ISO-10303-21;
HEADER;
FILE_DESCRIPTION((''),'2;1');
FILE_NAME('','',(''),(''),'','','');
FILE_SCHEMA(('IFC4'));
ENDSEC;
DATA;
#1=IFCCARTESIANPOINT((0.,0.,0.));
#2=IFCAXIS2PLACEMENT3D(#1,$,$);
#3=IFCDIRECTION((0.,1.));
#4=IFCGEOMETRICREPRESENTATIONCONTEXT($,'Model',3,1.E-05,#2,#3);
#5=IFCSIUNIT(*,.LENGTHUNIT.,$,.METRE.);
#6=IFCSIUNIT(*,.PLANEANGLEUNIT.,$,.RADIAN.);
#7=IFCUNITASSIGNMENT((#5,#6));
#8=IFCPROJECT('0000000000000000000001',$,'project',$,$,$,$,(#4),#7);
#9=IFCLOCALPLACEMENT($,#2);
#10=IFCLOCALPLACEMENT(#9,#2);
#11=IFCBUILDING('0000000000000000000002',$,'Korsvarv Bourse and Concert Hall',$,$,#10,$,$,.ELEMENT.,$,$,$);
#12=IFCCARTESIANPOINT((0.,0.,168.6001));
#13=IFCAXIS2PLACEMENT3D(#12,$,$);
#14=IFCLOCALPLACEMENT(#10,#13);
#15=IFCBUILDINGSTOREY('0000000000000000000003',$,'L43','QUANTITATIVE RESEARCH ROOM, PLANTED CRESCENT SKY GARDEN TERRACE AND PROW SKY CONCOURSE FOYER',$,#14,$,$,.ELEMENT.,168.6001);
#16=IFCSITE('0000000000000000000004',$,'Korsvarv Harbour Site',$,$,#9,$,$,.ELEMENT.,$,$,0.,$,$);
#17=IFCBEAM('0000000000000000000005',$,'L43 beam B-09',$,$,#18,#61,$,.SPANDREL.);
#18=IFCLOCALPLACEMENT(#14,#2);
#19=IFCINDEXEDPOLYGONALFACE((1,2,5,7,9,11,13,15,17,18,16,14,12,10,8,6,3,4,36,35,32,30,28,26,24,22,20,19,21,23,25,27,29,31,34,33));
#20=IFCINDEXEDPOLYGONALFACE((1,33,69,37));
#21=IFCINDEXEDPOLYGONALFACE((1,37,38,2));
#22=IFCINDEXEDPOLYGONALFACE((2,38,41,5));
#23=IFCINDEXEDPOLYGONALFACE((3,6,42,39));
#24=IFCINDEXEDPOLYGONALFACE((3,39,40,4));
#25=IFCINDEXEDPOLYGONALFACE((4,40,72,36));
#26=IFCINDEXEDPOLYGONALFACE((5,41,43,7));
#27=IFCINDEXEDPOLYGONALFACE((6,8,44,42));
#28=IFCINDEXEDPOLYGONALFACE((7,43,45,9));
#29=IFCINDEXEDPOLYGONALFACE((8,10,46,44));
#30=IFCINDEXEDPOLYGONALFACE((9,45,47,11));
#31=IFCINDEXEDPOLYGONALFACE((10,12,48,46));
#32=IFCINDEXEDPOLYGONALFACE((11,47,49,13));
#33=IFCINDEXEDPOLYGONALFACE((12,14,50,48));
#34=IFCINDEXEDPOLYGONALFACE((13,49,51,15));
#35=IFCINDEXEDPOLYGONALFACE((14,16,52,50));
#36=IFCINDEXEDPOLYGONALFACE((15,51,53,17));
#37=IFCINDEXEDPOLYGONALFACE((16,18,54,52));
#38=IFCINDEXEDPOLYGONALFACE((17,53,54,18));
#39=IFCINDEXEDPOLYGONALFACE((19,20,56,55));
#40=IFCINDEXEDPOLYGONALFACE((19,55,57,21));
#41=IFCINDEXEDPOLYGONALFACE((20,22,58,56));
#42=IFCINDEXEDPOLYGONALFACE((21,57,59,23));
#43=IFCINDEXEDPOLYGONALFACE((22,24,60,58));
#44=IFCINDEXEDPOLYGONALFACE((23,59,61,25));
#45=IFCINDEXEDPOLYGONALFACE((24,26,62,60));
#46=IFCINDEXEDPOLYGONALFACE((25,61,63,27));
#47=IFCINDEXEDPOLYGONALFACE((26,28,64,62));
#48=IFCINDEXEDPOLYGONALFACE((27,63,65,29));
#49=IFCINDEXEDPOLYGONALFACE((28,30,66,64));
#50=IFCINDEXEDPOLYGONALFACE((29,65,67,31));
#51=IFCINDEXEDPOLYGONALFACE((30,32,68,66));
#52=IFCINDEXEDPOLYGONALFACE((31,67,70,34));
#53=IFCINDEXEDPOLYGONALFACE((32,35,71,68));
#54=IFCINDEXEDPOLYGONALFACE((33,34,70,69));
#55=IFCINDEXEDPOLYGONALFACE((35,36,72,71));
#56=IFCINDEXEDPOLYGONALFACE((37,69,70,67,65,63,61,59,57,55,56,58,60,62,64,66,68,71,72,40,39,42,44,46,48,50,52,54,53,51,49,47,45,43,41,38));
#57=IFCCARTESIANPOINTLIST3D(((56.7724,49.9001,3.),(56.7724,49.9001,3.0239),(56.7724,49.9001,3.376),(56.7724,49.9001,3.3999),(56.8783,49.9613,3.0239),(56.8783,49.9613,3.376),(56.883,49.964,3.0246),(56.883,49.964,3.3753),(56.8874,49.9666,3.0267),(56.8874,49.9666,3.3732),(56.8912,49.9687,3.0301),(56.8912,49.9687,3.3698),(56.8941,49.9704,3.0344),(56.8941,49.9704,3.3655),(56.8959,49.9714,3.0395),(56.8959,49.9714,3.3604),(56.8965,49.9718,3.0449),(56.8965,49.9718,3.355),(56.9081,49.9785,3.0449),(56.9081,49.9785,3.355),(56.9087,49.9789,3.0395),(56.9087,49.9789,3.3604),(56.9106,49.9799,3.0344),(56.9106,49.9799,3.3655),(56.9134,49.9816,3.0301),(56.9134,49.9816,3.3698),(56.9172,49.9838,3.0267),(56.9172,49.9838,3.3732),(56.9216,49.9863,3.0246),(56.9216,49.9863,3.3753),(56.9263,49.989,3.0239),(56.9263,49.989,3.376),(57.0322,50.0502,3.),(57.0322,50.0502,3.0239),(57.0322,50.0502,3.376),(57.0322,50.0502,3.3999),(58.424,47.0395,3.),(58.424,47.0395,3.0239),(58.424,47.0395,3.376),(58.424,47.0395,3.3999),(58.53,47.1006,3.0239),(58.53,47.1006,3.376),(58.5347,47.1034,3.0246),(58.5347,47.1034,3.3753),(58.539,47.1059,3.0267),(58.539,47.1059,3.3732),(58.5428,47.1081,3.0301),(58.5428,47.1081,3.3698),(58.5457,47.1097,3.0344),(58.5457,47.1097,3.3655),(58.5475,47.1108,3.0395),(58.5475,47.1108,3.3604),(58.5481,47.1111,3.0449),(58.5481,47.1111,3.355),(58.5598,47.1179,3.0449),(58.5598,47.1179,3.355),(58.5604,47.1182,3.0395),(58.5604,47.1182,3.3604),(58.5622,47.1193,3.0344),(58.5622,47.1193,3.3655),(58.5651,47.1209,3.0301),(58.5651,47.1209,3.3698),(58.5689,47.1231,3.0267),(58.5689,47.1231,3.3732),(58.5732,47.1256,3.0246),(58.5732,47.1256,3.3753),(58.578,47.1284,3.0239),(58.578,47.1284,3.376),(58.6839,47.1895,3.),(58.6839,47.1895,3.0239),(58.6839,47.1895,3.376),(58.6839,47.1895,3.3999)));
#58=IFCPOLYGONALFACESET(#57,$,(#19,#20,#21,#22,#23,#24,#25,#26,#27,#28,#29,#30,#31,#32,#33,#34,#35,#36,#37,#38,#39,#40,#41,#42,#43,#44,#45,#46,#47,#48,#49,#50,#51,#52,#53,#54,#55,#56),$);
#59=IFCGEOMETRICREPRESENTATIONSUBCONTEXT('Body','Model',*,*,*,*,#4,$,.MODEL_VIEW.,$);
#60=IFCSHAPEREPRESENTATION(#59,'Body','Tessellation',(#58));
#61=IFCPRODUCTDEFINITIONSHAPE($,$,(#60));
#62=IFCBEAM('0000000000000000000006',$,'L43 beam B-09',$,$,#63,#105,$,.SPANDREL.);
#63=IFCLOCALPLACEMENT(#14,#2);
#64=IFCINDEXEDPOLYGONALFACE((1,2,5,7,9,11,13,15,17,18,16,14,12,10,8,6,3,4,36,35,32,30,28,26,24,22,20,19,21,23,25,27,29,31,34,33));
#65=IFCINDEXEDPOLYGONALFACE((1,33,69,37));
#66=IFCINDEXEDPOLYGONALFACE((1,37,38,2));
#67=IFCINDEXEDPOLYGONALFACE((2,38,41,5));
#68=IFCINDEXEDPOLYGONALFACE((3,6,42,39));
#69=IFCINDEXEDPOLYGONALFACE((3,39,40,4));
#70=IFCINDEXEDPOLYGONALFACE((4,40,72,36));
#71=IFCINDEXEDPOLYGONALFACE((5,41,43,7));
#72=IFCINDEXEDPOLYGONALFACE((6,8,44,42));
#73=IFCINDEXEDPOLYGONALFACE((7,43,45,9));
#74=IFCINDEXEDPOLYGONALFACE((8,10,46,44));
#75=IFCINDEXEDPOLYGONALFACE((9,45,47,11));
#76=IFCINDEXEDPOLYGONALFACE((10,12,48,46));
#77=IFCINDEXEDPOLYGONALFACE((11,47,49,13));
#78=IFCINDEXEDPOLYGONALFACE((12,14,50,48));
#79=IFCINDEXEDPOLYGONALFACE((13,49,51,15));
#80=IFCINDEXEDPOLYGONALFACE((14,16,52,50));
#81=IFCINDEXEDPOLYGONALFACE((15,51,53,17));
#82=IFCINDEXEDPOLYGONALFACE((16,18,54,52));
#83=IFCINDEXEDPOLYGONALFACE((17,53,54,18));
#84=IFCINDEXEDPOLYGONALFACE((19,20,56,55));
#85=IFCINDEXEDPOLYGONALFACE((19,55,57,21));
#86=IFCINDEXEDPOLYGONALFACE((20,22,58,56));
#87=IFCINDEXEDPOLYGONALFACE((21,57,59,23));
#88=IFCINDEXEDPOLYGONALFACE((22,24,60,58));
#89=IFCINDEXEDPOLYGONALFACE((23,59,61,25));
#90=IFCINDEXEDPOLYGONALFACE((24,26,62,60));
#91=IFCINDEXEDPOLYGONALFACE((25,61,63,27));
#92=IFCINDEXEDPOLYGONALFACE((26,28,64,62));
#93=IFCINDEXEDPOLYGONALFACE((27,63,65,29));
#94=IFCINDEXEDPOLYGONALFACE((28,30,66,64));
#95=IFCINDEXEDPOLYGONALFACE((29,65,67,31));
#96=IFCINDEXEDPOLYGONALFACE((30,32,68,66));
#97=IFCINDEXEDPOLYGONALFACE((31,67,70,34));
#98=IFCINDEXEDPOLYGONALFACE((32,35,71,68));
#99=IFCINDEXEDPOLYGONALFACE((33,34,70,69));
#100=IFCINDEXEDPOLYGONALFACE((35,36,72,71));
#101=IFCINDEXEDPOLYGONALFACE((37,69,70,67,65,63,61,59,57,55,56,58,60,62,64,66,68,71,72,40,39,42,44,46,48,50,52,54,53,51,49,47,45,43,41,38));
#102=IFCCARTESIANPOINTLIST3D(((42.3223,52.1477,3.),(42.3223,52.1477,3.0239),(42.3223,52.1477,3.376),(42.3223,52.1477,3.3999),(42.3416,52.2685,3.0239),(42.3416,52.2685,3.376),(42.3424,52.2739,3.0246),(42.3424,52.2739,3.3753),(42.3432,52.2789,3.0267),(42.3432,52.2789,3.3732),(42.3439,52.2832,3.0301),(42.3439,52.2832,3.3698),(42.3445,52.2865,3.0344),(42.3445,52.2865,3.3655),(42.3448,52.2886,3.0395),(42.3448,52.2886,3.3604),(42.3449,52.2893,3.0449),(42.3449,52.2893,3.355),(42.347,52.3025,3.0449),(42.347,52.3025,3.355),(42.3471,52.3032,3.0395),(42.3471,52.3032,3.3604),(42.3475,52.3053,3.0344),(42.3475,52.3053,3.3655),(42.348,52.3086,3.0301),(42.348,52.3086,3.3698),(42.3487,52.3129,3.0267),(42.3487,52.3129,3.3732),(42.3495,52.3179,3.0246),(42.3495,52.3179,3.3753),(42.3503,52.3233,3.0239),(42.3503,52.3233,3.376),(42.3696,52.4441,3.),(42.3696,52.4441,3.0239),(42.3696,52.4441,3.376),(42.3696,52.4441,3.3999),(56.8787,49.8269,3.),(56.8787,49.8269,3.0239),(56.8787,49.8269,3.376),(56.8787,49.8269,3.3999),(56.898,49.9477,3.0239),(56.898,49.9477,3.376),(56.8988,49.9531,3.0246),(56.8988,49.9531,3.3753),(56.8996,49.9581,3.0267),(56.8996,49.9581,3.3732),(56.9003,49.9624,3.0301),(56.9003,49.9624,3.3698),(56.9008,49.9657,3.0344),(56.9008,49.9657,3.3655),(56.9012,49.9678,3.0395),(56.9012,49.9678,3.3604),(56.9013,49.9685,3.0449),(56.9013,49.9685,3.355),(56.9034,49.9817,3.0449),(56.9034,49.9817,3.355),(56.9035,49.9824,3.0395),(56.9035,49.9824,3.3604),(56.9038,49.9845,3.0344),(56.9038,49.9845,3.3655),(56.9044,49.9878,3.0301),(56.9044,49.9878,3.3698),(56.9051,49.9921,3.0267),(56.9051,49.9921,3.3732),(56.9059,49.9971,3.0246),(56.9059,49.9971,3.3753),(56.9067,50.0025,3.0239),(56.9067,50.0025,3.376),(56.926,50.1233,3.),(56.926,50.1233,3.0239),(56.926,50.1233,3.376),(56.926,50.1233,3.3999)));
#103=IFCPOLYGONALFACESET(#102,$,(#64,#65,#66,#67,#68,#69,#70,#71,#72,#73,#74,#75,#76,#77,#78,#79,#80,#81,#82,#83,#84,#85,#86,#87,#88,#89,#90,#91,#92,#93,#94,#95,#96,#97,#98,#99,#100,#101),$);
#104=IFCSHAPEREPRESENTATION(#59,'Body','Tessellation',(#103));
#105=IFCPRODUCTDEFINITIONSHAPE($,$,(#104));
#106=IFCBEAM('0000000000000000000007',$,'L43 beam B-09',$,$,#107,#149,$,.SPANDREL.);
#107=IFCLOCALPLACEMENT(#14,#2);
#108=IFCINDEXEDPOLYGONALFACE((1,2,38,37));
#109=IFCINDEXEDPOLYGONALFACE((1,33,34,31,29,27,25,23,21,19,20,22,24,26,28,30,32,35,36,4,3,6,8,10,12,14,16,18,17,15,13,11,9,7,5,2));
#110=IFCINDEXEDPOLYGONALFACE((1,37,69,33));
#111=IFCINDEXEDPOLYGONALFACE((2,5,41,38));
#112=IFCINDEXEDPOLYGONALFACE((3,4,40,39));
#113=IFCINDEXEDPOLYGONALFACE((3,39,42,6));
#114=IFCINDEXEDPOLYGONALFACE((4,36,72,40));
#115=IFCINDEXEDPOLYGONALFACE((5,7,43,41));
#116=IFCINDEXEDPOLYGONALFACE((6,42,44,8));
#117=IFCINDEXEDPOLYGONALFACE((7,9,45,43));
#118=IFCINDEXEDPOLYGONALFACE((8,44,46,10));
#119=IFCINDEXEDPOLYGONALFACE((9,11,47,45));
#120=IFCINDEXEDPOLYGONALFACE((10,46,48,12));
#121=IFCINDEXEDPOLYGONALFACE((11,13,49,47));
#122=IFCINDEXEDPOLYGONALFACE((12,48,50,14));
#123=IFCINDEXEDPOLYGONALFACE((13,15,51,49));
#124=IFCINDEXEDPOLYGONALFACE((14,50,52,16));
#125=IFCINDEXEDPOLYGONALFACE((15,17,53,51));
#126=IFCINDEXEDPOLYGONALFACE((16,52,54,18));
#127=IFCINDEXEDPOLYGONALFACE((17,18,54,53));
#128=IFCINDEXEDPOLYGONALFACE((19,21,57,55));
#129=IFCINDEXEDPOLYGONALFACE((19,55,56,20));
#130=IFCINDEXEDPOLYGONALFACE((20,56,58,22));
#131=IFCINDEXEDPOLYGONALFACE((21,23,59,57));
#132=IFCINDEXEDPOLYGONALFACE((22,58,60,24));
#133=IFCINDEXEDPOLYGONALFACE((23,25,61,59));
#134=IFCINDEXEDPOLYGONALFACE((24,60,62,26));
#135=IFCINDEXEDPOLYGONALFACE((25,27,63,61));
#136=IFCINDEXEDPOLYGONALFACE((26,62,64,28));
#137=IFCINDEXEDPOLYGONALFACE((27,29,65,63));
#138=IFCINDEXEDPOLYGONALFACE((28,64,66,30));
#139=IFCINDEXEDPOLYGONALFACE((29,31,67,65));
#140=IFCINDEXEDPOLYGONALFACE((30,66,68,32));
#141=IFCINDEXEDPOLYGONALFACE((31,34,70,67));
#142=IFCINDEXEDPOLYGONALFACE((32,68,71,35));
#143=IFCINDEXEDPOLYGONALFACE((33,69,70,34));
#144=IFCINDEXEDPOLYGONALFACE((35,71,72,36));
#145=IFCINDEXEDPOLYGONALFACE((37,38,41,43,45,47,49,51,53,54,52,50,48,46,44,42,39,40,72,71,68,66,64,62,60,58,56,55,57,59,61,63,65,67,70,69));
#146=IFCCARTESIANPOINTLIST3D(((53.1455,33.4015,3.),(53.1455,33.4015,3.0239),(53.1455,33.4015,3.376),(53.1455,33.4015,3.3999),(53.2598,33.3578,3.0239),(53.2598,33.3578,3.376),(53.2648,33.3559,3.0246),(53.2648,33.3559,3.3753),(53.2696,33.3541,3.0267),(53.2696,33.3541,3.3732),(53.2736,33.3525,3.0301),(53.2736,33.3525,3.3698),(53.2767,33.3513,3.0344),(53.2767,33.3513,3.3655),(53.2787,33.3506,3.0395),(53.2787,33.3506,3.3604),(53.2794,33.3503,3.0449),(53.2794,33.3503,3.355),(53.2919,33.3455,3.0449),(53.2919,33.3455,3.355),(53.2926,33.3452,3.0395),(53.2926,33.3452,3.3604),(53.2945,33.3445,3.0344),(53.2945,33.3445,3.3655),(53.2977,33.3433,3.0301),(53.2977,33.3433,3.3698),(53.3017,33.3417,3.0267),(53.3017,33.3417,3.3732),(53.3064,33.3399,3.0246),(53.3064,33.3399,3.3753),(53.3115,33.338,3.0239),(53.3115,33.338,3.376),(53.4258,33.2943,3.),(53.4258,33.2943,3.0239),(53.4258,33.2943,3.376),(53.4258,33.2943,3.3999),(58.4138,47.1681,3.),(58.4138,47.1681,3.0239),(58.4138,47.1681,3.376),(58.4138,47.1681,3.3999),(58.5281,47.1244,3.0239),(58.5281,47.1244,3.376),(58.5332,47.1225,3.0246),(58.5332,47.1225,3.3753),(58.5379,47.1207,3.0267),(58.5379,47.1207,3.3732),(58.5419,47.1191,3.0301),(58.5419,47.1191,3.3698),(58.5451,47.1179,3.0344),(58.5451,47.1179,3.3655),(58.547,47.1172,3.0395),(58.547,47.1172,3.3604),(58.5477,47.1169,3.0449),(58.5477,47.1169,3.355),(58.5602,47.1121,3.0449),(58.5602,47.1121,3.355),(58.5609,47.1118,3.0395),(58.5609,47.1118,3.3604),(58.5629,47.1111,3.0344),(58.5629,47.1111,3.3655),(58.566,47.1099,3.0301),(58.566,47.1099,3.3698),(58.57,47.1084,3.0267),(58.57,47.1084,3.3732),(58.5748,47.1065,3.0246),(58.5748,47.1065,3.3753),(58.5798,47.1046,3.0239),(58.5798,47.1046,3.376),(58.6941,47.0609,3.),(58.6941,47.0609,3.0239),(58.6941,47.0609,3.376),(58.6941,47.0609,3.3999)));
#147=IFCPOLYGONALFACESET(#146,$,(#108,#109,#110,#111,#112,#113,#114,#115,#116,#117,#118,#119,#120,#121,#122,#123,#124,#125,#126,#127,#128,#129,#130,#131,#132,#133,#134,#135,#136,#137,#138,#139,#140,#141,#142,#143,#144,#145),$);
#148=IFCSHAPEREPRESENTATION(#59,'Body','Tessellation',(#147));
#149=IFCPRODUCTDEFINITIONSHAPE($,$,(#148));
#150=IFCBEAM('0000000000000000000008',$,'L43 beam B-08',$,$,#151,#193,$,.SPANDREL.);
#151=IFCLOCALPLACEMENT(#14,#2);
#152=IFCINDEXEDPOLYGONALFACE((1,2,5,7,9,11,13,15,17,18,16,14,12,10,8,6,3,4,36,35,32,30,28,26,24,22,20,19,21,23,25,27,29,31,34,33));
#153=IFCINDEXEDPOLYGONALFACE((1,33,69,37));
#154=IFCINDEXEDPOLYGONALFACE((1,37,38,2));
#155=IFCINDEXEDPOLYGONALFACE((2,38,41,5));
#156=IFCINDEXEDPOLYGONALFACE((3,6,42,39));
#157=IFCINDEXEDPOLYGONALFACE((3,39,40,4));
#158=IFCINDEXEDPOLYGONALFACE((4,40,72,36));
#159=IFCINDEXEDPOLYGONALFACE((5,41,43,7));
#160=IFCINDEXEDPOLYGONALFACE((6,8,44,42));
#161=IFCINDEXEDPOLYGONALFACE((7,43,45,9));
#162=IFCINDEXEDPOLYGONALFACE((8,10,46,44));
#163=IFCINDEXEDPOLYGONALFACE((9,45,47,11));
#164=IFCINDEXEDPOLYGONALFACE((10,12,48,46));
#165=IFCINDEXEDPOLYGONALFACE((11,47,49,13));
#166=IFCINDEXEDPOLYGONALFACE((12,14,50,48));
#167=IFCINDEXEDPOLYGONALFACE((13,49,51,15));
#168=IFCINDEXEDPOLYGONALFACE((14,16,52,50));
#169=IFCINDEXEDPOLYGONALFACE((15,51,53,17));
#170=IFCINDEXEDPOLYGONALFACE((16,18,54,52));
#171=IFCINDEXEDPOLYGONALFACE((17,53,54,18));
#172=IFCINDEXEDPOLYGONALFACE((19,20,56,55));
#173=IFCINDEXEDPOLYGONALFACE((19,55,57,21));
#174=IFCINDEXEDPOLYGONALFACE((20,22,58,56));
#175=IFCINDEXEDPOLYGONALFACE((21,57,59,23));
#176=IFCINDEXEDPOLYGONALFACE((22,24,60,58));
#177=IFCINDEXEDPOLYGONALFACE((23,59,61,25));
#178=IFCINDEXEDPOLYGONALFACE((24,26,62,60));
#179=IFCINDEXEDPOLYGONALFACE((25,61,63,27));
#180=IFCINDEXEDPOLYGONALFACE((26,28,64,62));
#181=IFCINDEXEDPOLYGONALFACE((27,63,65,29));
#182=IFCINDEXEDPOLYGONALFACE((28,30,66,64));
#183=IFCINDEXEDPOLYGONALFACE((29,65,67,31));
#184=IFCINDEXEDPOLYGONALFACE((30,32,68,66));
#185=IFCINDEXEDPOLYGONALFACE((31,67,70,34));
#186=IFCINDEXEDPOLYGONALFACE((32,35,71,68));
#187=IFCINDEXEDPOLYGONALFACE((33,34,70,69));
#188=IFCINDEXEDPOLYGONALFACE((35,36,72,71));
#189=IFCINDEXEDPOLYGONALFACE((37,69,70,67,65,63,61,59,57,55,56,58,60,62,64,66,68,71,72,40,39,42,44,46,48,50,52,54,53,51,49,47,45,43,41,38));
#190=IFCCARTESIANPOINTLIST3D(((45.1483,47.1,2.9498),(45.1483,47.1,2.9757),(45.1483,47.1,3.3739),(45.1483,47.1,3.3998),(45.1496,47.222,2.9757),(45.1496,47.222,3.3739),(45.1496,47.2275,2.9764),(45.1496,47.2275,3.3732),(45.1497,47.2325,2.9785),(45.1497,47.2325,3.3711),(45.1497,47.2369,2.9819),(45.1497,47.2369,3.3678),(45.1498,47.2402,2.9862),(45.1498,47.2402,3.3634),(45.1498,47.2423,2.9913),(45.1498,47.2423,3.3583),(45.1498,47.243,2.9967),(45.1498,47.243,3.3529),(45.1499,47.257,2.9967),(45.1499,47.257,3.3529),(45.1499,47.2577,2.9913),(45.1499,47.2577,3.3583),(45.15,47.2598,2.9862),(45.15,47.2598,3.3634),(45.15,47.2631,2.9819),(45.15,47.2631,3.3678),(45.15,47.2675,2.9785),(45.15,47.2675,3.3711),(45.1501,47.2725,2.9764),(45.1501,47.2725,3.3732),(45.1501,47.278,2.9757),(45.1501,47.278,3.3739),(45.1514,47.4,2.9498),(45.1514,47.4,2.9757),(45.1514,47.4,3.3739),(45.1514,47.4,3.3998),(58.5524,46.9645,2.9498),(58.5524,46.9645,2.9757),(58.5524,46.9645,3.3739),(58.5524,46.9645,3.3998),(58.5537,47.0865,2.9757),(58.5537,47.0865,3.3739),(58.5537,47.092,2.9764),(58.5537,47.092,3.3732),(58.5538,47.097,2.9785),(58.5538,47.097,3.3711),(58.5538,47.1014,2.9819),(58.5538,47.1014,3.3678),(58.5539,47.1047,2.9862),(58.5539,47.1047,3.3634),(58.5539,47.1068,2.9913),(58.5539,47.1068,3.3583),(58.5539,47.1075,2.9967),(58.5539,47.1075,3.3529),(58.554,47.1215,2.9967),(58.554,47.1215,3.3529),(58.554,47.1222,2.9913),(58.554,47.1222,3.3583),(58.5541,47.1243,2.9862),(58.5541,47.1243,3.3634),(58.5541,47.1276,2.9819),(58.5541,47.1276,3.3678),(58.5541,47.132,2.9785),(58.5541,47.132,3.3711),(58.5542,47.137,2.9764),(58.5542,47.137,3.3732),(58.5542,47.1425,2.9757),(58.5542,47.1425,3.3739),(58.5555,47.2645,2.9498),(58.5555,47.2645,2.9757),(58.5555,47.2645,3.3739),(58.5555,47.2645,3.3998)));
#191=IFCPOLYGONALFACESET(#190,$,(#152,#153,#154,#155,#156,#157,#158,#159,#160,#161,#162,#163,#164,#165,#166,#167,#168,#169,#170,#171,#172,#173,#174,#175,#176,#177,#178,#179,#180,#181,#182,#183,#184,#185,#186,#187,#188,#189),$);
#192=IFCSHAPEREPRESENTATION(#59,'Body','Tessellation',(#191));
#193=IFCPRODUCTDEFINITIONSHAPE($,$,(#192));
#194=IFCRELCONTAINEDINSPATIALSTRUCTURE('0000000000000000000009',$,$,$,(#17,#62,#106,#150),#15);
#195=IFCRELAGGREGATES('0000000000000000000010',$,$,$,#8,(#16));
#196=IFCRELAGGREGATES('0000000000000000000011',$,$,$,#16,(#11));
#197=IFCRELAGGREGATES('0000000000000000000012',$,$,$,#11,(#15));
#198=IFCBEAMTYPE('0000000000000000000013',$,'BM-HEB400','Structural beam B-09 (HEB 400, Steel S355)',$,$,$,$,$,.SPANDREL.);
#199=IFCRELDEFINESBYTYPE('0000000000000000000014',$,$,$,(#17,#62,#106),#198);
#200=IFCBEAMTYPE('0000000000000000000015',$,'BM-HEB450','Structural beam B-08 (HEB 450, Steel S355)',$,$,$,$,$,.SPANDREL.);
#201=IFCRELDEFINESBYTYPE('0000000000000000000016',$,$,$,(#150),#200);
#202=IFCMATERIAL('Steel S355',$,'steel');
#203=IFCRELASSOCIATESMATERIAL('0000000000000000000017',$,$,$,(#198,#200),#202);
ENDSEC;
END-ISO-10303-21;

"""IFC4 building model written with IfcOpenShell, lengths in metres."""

from ifc_helpers import new_model, si_unit, direction, frame, origin, origin_2d, place, context, subcontext, project, spatial, i_section, extrude, source, transform, mapped, material, material_profile, profile_set, type_object, element, save


model = new_model("IFC4")

# Units and contexts
model_context = context("Model", 3, precision=1e-05, world=origin(), true_north=direction((0.0, 1.0)))
body_context = subcontext(model_context, "Body", "Model", "MODEL_VIEW")
ifc_project = project(units=[si_unit("LENGTHUNIT", "METRE"), si_unit("PLANEANGLEUNIT", "RADIAN")], contexts=[model_context])

# Site, building, storey
site_placement = place(None, origin())
site = spatial("IfcSite", under=ifc_project, at=site_placement, Name="Korsvarv Harbour Site", CompositionType="ELEMENT", RefElevation=0.0)
building_placement = place(site_placement, origin())
building = spatial("IfcBuilding", under=site, at=building_placement, Name="Korsvarv Bourse and Concert Hall", CompositionType="ELEMENT")
storey_placement = place(building_placement, frame((0.0, 0.0, 168.6001)))
storey = spatial("IfcBuildingStorey", under=building, at=storey_placement, Name="L43", Description="QUANTITATIVE RESEARCH ROOM, PLANTED CRESCENT SKY GARDEN TERRACE AND PROW SKY CONCOURSE FOYER", CompositionType="ELEMENT", Elevation=168.6001)

# Shared definitions
ifc_material_1 = material(Name="Steel S355", Category="steel")

# Beams
ifc_material_profile_1 = material_profile(ifc_material_1, i_section(OverallWidth=0.3, OverallDepth=0.3999, WebThickness=0.0134, FlangeThickness=0.0239, FilletRadius=0.021, at=origin_2d()), Name="HEB 400")
ifc_profile_set_1 = profile_set([ifc_material_profile_1], Name="Steel S355")
beam_type_1 = type_object("IfcBeamType", Name="BM-HEB400", Description="Structural beam B-09 (HEB 400, Steel S355)", PredefinedType="SPANDREL", material=ifc_profile_set_1)
shared_shape_1 = source(origin(), body_context, "Body", "SweptSolid", [
    extrude(i_section(OverallWidth=0.3, OverallDepth=0.3999, WebThickness=0.0134, FlangeThickness=0.0239, FilletRadius=0.021, at=origin_2d()), origin(), (0.0, 0.0, 1.0), 3.3032),
])
beam_1_placement = place(storey_placement, frame((58.554, 47.1145, 3.2), z_axis=(-0.50001, 0.866019, 0.0), x_axis=(-0.866019, -0.50001, 0.0)))
element("IfcBeam", 1, at=beam_1_placement, inside=storey, type_object=beam_type_1, Name="L43 beam B-09", PredefinedType="SPANDREL", context=body_context, shape_type="MappedRepresentation", body=[
    mapped(shared_shape_1, transform((0.0, 0.0, 0.0), scale=1.0)),
])
shared_shape_2 = source(origin(), body_context, "Body", "SweptSolid", [
    extrude(i_section(OverallWidth=0.3, OverallDepth=0.3999, WebThickness=0.0134, FlangeThickness=0.0239, FilletRadius=0.021, at=origin_2d()), origin(), (0.0, 0.0, 1.0), 14.7402),
])
for number, where, z_axis, x_axis, name in (
    (2, (56.9023, 49.9751, 3.2), (-0.987528, 0.157447, 0.0), (-0.157447, -0.987528, 0.0), "L43 beam B-09"),
    (3, (53.2856, 33.3479, 3.2), (0.35741, 0.933947, 0.0), (-0.933947, 0.35741, 0.0), "L43 beam B-09"),
):
    element("IfcBeam", number, at=place(storey_placement, frame(where, z_axis=z_axis, x_axis=x_axis)), inside=storey, type_object=beam_type_1, Name=name, PredefinedType="SPANDREL", context=body_context, shape_type="MappedRepresentation", body=[
        mapped(shared_shape_2, transform((0.0, 0.0, 0.0), scale=1.0)),
    ])
ifc_material_profile_2 = material_profile(ifc_material_1, i_section(OverallWidth=0.3, OverallDepth=0.45, WebThickness=0.0139, FlangeThickness=0.0259, FilletRadius=0.021, at=origin_2d()), Name="HEB 450")
ifc_profile_set_2 = profile_set([ifc_material_profile_2], Name="Steel S355")
beam_type_2 = type_object("IfcBeamType", Name="BM-HEB450", Description="Structural beam B-08 (HEB 450, Steel S355)", PredefinedType="SPANDREL", material=ifc_profile_set_2)
shared_shape_3 = source(origin(), body_context, "Body", "SweptSolid", [
    extrude(i_section(OverallWidth=0.3, OverallDepth=0.45, WebThickness=0.0139, FlangeThickness=0.0259, FilletRadius=0.021, at=origin_2d()), origin(), (0.0, 0.0, 1.0), 13.4048),
])
beam_2_placement = place(storey_placement, frame((58.554, 47.1145, 3.1748), z_axis=(-0.999949, 0.010108, 0.0), x_axis=(-0.010108, -0.999949, 0.0)))
element("IfcBeam", 4, at=beam_2_placement, inside=storey, type_object=beam_type_2, Name="L43 beam B-08", PredefinedType="SPANDREL", context=body_context, shape_type="MappedRepresentation", body=[
    mapped(shared_shape_3, transform((0.0, 0.0, 0.0), scale=1.0)),
])

save(model, "model.ifc")
